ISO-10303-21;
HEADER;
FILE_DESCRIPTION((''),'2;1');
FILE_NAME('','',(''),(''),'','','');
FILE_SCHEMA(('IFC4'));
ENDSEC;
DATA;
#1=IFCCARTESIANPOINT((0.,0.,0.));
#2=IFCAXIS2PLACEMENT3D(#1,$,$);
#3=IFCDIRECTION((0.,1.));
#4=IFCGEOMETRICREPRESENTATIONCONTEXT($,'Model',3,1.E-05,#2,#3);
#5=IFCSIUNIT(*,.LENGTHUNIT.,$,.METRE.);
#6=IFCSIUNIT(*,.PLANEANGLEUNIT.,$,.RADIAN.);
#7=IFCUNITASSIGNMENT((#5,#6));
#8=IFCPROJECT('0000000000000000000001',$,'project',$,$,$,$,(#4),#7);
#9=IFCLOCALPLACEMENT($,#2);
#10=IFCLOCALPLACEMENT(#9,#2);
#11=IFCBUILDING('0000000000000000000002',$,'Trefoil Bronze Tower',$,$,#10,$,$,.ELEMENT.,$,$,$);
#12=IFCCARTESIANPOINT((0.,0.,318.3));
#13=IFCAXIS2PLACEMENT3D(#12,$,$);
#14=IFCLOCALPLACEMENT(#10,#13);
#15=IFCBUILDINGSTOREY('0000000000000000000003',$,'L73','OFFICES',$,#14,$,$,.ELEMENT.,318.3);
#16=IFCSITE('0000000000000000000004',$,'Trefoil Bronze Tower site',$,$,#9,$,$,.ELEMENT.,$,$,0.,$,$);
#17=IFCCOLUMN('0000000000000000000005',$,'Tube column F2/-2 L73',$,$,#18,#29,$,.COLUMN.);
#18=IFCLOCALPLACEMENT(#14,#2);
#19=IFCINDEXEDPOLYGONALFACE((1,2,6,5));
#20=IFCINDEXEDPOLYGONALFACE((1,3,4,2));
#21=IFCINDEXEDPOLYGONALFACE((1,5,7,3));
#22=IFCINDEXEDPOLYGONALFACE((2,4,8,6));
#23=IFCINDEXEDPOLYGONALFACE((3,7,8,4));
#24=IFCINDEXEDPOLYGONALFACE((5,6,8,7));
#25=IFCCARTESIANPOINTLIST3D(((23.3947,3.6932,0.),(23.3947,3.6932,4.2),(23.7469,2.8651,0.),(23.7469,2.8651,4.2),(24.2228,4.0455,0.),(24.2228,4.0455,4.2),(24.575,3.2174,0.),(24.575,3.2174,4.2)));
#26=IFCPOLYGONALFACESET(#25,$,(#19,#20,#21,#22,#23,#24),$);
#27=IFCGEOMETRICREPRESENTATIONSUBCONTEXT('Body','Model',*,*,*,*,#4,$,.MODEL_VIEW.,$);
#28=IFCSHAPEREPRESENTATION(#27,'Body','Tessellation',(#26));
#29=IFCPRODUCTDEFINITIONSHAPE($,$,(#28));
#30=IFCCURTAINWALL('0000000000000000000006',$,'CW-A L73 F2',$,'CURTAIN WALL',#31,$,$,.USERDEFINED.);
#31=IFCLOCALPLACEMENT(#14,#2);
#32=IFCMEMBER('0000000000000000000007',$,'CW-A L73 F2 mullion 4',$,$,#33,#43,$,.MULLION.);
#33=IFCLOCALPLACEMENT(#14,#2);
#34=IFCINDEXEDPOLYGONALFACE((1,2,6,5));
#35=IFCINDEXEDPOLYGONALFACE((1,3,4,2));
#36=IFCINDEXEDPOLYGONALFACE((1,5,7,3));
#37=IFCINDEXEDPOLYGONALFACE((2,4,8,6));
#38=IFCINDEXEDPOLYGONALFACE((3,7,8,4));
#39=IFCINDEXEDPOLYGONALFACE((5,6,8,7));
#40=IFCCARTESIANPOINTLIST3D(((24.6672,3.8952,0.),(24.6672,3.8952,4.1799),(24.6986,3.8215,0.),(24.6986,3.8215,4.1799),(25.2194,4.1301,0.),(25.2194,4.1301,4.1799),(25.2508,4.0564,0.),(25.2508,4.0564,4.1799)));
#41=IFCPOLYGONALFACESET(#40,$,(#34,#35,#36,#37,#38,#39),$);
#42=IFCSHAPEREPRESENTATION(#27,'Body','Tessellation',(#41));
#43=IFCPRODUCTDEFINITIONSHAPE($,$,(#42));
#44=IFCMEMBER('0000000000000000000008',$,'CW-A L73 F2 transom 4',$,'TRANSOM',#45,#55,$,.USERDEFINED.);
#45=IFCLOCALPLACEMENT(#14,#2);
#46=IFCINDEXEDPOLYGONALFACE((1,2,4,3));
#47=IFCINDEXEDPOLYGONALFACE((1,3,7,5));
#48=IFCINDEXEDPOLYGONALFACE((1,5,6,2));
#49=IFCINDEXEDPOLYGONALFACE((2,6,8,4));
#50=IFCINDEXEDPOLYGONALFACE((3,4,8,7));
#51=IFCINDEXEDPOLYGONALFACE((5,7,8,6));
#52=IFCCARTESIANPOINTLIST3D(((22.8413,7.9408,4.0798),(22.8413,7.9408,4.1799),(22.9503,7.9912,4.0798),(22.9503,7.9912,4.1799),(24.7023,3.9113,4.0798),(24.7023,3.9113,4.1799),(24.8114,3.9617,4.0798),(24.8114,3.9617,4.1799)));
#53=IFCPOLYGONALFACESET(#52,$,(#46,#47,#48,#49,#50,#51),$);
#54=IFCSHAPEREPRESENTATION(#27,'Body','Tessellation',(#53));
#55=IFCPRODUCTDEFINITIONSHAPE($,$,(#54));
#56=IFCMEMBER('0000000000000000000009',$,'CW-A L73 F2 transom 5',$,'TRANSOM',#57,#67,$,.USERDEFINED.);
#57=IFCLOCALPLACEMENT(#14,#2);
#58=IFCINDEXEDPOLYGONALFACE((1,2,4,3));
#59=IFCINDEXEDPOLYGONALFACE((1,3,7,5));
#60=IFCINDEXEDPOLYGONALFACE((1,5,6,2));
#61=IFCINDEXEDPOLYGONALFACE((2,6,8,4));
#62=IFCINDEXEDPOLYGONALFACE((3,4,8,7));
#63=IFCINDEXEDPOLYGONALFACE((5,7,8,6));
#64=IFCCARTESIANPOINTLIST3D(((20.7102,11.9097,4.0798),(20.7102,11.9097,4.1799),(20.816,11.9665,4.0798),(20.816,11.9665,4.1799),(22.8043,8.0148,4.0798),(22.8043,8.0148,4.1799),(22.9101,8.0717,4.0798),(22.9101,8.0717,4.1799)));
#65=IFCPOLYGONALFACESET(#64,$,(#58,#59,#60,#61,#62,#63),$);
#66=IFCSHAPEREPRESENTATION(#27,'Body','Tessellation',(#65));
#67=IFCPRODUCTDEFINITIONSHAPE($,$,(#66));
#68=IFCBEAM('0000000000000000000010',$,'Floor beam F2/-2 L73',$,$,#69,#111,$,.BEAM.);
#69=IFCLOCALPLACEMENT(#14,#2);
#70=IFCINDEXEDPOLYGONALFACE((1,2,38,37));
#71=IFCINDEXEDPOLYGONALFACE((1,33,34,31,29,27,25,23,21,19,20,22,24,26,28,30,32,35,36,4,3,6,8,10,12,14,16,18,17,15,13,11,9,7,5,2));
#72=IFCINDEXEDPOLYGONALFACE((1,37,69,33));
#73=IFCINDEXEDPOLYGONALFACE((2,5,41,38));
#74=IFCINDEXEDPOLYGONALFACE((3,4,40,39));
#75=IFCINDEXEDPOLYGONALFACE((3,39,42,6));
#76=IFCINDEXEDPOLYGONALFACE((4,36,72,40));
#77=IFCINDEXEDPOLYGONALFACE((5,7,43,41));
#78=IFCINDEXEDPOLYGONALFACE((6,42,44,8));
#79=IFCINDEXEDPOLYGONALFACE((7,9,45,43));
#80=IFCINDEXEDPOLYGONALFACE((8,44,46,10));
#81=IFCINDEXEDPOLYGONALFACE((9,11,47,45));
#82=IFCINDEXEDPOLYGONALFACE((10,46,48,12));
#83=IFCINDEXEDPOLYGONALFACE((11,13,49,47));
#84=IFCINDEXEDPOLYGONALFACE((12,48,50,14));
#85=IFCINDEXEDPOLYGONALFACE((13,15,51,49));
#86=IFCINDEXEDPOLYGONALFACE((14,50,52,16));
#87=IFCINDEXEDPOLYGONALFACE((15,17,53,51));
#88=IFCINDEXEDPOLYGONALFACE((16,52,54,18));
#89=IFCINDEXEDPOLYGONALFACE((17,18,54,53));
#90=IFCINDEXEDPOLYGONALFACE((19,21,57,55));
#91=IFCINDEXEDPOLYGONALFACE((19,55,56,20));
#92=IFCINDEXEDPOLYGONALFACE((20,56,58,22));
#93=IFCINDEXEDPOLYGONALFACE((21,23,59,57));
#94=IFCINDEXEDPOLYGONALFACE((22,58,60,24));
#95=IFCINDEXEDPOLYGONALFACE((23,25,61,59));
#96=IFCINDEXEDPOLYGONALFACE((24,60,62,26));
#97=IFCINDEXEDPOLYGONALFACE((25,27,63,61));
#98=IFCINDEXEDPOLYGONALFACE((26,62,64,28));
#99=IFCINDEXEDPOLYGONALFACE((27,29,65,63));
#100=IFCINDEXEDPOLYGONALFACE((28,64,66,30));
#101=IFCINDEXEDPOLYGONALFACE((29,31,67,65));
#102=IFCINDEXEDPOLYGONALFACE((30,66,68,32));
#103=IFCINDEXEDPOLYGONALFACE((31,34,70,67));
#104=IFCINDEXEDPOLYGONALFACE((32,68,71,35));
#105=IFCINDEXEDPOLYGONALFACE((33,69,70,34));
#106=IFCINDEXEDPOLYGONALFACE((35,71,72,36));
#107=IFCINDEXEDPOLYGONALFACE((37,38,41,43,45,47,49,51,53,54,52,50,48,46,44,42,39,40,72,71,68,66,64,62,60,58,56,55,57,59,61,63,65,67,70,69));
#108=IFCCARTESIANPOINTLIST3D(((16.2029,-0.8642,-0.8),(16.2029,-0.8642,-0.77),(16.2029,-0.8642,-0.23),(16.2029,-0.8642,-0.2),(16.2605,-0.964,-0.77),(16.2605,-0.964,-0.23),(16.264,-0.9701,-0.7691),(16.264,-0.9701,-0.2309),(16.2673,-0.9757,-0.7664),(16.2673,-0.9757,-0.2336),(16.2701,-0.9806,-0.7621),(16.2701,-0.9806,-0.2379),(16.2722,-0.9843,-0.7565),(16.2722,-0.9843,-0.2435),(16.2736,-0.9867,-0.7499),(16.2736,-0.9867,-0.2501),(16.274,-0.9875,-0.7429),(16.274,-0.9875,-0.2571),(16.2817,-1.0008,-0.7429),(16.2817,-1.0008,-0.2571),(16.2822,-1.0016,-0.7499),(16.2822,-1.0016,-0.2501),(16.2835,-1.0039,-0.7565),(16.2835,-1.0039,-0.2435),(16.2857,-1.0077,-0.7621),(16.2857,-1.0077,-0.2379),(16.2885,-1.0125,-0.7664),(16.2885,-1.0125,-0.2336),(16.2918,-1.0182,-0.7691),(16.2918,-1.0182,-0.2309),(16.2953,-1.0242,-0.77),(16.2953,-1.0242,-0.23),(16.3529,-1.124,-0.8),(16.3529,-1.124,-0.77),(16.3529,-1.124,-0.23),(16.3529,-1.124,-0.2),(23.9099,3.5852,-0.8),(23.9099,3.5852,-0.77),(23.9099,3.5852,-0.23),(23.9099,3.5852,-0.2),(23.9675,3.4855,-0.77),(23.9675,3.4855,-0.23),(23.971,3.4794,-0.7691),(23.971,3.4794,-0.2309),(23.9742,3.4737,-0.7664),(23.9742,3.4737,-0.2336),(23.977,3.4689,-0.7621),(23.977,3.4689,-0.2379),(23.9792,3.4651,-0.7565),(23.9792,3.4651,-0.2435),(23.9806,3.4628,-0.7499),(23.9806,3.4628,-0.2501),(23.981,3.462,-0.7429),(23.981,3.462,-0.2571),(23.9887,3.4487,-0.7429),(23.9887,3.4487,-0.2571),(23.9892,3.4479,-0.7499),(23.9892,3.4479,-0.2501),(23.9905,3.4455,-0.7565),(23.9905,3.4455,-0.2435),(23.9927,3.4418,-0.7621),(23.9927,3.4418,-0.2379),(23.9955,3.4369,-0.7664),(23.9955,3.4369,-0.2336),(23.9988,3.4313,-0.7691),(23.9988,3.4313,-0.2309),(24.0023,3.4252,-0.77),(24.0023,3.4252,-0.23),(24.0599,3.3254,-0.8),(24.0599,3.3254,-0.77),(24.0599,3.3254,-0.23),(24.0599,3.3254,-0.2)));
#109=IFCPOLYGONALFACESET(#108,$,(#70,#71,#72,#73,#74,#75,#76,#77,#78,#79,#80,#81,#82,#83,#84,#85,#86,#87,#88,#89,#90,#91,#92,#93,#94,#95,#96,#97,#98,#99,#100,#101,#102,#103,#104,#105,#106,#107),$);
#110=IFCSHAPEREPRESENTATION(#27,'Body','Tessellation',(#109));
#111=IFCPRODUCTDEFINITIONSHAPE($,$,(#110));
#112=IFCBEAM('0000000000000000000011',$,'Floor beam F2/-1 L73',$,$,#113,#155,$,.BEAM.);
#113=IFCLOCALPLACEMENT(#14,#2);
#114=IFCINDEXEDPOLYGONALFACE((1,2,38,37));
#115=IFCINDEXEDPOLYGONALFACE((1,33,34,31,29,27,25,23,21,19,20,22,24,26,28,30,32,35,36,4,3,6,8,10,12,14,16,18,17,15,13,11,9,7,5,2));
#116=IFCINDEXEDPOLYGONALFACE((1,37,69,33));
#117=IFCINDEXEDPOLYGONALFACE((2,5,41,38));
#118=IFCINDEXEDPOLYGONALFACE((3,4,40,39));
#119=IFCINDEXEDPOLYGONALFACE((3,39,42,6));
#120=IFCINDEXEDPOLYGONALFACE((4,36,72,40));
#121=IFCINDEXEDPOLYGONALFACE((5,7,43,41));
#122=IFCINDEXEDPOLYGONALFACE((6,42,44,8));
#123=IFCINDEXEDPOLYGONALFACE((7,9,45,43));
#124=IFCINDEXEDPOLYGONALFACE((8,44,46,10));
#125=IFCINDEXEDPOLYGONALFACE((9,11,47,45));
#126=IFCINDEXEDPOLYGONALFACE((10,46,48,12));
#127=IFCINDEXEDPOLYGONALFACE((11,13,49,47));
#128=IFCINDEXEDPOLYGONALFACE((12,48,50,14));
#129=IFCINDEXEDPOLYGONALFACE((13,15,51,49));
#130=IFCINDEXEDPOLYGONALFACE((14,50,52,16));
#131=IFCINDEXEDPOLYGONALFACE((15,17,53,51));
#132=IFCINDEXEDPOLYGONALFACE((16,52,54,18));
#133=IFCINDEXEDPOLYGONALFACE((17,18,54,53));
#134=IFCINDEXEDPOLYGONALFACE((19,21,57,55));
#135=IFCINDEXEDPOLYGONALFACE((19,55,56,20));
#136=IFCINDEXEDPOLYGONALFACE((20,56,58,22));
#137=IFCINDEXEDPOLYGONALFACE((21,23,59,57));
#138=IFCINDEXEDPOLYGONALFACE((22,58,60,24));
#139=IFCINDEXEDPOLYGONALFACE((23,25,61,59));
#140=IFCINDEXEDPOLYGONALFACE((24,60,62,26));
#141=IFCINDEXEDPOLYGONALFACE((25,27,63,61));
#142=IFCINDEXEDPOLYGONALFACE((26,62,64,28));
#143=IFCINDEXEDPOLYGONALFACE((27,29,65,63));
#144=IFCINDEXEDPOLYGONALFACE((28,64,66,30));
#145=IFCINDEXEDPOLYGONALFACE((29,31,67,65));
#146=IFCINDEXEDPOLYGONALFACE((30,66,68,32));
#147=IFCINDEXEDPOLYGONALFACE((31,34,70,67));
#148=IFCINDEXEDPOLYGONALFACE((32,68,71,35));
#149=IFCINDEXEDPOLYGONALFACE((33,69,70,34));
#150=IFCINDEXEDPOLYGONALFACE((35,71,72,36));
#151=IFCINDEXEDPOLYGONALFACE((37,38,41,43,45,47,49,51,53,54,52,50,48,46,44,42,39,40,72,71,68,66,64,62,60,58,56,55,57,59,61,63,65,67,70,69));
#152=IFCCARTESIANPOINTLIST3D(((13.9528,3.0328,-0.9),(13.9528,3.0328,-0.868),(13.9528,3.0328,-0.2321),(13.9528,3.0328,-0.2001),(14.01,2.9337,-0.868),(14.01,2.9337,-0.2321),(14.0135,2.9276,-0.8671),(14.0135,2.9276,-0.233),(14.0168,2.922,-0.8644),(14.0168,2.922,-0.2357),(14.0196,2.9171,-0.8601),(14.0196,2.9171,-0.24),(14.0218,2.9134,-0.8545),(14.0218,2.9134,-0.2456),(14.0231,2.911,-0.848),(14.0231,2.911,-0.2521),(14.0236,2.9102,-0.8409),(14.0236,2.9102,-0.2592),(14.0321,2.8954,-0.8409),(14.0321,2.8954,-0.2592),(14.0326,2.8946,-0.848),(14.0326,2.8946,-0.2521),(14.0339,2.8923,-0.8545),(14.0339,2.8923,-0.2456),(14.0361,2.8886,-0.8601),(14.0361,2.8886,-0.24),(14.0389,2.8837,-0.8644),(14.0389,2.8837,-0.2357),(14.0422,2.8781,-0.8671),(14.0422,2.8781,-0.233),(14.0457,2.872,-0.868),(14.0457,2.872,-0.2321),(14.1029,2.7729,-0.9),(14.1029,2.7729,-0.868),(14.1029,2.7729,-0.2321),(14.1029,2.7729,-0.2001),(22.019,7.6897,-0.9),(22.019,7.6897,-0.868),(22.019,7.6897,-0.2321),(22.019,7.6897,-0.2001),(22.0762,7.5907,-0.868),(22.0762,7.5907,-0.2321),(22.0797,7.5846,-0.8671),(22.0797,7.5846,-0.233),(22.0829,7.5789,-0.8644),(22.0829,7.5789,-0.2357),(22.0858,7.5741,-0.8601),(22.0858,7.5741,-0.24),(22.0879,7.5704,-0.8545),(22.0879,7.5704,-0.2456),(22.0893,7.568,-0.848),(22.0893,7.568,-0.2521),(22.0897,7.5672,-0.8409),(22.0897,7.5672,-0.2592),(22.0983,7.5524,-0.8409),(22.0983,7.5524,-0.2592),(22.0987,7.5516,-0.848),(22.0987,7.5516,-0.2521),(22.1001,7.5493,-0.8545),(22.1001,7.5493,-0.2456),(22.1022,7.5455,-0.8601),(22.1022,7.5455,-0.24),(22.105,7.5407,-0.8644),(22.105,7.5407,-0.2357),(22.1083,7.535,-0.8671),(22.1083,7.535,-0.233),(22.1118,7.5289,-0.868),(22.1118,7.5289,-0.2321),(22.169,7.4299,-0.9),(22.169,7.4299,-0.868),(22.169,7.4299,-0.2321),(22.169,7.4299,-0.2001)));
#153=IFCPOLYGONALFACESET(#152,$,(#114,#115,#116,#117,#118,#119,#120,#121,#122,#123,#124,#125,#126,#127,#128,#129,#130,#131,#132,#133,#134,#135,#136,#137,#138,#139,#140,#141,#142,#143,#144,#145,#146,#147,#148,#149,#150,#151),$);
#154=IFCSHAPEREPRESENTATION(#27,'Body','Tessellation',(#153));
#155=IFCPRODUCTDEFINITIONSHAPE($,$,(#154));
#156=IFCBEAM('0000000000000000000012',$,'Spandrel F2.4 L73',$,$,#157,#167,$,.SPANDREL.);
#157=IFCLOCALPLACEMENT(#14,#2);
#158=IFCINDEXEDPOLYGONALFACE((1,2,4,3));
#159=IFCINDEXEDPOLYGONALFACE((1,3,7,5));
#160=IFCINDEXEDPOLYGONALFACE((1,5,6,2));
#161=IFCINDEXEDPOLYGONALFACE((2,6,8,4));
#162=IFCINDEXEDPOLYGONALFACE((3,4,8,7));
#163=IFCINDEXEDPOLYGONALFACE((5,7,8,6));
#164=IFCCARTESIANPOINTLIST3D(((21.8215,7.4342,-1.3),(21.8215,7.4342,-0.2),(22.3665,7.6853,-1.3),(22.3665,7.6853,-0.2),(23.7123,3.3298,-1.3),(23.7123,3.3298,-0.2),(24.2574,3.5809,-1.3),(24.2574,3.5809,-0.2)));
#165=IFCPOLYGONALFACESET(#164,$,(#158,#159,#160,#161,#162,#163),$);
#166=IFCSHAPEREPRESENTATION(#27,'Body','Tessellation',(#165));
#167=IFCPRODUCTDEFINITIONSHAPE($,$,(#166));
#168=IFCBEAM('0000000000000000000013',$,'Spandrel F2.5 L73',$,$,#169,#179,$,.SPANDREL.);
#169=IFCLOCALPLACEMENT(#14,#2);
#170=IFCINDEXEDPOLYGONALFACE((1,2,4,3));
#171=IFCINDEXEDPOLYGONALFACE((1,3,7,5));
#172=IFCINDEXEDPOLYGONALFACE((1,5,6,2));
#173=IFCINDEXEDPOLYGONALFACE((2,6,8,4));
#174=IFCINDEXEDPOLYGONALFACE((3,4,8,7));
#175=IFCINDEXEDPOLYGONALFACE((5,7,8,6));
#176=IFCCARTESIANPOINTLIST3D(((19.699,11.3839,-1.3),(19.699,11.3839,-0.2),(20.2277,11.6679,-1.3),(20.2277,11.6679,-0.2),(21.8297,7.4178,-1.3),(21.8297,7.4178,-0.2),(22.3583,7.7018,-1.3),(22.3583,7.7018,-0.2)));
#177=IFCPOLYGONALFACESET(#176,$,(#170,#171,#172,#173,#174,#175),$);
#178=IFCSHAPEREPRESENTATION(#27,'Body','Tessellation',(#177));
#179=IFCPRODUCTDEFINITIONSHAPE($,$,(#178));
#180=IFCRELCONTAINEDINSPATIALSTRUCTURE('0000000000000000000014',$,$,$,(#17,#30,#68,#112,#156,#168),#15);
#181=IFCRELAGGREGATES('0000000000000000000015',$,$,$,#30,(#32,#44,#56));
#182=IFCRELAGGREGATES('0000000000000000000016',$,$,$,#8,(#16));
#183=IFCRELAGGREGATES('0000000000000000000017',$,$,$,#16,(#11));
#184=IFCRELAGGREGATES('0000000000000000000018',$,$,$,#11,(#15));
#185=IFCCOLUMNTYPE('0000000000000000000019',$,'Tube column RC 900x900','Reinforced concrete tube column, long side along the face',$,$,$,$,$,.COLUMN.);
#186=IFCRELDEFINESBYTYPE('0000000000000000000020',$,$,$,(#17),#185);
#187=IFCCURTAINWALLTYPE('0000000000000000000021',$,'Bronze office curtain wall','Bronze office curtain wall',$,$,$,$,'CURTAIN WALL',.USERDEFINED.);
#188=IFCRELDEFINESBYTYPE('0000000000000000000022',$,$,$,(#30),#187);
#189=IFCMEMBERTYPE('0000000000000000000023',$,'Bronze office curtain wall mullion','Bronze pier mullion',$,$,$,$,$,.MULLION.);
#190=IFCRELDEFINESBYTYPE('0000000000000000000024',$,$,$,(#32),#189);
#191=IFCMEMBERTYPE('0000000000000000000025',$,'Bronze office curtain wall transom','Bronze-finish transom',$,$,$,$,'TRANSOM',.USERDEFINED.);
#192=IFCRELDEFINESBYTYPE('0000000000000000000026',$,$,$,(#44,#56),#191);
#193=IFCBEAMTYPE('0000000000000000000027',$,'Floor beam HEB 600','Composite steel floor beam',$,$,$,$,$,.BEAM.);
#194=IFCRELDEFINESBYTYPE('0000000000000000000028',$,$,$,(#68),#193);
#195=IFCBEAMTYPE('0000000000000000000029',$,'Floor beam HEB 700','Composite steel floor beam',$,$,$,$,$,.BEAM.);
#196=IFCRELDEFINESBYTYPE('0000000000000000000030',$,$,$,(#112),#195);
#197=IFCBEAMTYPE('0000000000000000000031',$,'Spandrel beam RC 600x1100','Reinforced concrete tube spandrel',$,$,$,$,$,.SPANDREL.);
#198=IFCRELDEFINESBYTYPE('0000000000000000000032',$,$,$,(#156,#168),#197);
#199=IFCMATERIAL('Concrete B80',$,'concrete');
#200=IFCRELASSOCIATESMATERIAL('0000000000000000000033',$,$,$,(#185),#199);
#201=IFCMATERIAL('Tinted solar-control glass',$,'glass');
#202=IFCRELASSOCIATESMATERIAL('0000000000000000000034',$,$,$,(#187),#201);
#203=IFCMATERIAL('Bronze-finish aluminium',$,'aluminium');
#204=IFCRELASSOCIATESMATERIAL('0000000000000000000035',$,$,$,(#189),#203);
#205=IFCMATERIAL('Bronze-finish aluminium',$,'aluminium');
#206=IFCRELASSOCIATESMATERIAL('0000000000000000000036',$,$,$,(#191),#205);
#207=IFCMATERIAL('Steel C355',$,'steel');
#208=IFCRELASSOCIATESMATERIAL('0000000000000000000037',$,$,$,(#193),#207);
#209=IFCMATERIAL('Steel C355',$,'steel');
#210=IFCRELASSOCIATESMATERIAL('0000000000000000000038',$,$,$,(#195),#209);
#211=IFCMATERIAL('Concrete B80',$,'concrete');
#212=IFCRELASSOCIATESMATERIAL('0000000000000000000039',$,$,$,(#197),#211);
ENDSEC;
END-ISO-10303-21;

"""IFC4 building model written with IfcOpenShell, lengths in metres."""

from ifc_helpers import new_model, si_unit, direction, frame, origin, origin_2d, place, context, subcontext, project, spatial, rectangle, i_section, extrude, material, material_profile, profile_set, type_object, element, aggregate, save


model = new_model("IFC4")

# Units and contexts
model_context = context("Model", 3, precision=1e-05, world=origin(), true_north=direction((0.0, 1.0)))
body_context = subcontext(model_context, "Body", "Model", "MODEL_VIEW")
ifc_project = project(units=[si_unit("LENGTHUNIT", "METRE"), si_unit("PLANEANGLEUNIT", "RADIAN")], contexts=[model_context])

# Site, building, storey
site_placement = place(None, origin())
site = spatial("IfcSite", under=ifc_project, at=site_placement, Name="Trefoil Bronze Tower site", CompositionType="ELEMENT", RefElevation=0.0)
building_placement = place(site_placement, origin())
building = spatial("IfcBuilding", under=site, at=building_placement, Name="Trefoil Bronze Tower", CompositionType="ELEMENT")
storey_placement = place(building_placement, frame((0.0, 0.0, 318.3)))
storey = spatial("IfcBuildingStorey", under=building, at=storey_placement, Name="L73", Description="OFFICES", CompositionType="ELEMENT", Elevation=318.3)

# Column
ifc_material_1 = material(Name="Concrete B80", Category="concrete")
ifc_material_profile_1 = material_profile(ifc_material_1, rectangle(XDim=0.8999, YDim=0.8999, at=origin_2d()), Name="RC 900x900")
ifc_profile_set_1 = profile_set([ifc_material_profile_1], Name="Concrete B80")
column_type = type_object("IfcColumnType", Name="Tube column RC 900x900", Description="Reinforced concrete tube column, long side along the face", PredefinedType="COLUMN", material=ifc_profile_set_1)
column_placement = place(storey_placement, frame((23.9849, 3.4553, 0.0), z_axis=(0.0, 0.0, 1.0), x_axis=(-0.391436, 0.920205, 0.0)))
element("IfcColumn", 1, at=column_placement, inside=storey, type_object=column_type, Name="Tube column F2/-2 L73", PredefinedType="COLUMN", context=body_context, shape_type="SweptSolid", body=[
    extrude(rectangle(XDim=0.8999, YDim=0.8999, at=origin_2d()), origin(), (0.0, 0.0, 1.0), 4.2),
])

# Curtain wall, members
ifc_material_2 = material(Name="Tinted solar-control glass", Category="glass")
curtain_wall_type = type_object("IfcCurtainWallType", Name="Bronze office curtain wall", Description="Bronze office curtain wall", ElementType="CURTAIN WALL", PredefinedType="USERDEFINED", material=ifc_material_2)
curtain_wall_placement = place(storey_placement, origin())
curtain_wall = element("IfcCurtainWall", 2, at=curtain_wall_placement, inside=storey, type_object=curtain_wall_type, Name="CW-A L73 F2", ObjectType="CURTAIN WALL", PredefinedType="USERDEFINED")
ifc_material_3 = material(Name="Bronze-finish aluminium", Category="aluminium")
ifc_material_profile_2 = material_profile(ifc_material_3, rectangle(XDim=0.6001, YDim=0.0801, at=origin_2d()), Name="CW-A mullion")
ifc_profile_set_2 = profile_set([ifc_material_profile_2], Name="Bronze-finish aluminium")
member_type_1 = type_object("IfcMemberType", Name="Bronze office curtain wall mullion", Description="Bronze pier mullion", PredefinedType="MULLION", material=ifc_profile_set_2)
member_1_placement = place(storey_placement, frame((24.959, 3.9758, 0.0), z_axis=(0.0, 0.0, 1.0), x_axis=(-0.920205, -0.391436, 0.0)))
member_1 = element("IfcMember", 3, at=member_1_placement, type_object=member_type_1, Name="CW-A L73 F2 mullion 4", PredefinedType="MULLION", context=body_context, shape_type="SweptSolid", body=[
    extrude(rectangle(XDim=0.6001, YDim=0.0801, at=origin_2d()), origin(), (0.0, 0.0, 1.0), 4.1799),
])
ifc_material_4 = material(Name="Bronze-finish aluminium", Category="aluminium")
ifc_material_profile_3 = material_profile(ifc_material_4, rectangle(XDim=0.1201, YDim=0.1001, at=origin_2d()), Name="CW-A transom")
ifc_profile_set_3 = profile_set([ifc_material_profile_3], Name="Bronze-finish aluminium")
member_type_2 = type_object("IfcMemberType", Name="Bronze office curtain wall transom", Description="Bronze-finish transom", ElementType="TRANSOM", PredefinedType="USERDEFINED", material=ifc_profile_set_3)
member_2_placement = place(storey_placement, frame((24.7568, 3.9365, 4.1299), z_axis=(-0.419299, 0.907848, 0.0), x_axis=(-0.907848, -0.419299, 0.0)))
member_2 = element("IfcMember", 4, at=member_2_placement, type_object=member_type_2, Name="CW-A L73 F2 transom 4", ObjectType="TRANSOM", PredefinedType="USERDEFINED", context=body_context, shape_type="SweptSolid", body=[
    extrude(rectangle(XDim=0.1201, YDim=0.1001, at=origin_2d()), origin(), (0.0, 0.0, 1.0), 4.4385),
])
member_3_placement = place(storey_placement, frame((22.8572, 8.0432, 4.1299), z_axis=(-0.47354, 0.880772, 0.0), x_axis=(-0.880772, -0.47354, 0.0)))
member_3 = element("IfcMember", 5, at=member_3_placement, type_object=member_type_2, Name="CW-A L73 F2 transom 5", ObjectType="TRANSOM", PredefinedType="USERDEFINED", context=body_context, shape_type="SweptSolid", body=[
    extrude(rectangle(XDim=0.1201, YDim=0.1001, at=origin_2d()), origin(), (0.0, 0.0, 1.0), 4.4221),
])

# Beams
ifc_material_5 = material(Name="Steel C355", Category="steel")
ifc_material_profile_4 = material_profile(ifc_material_5, i_section(OverallWidth=0.3, OverallDepth=0.6001, WebThickness=0.0154, FlangeThickness=0.03, FilletRadius=0.0271, at=origin_2d()), Name="HEB 600")
ifc_profile_set_4 = profile_set([ifc_material_profile_4], Name="Steel C355")
beam_type_1 = type_object("IfcBeamType", Name="Floor beam HEB 600", Description="Composite steel floor beam", PredefinedType="BEAM", material=ifc_profile_set_4)
beam_1_placement = place(storey_placement, frame((23.9849, 3.4553, -0.5), z_axis=(-0.866035, -0.499984, 0.0), x_axis=(0.499984, -0.866035, 0.0)))
element("IfcBeam", 6, at=beam_1_placement, inside=storey, type_object=beam_type_1, Name="Floor beam F2/-2 L73", PredefinedType="BEAM", context=body_context, shape_type="SweptSolid", body=[
    extrude(i_section(OverallWidth=0.3, OverallDepth=0.6001, WebThickness=0.0154, FlangeThickness=0.03, FilletRadius=0.0271, at=origin_2d()), origin(), (0.0, 0.0, 1.0), 8.8992),
])
ifc_material_6 = material(Name="Steel C355", Category="steel")
ifc_material_profile_5 = material_profile(ifc_material_6, i_section(OverallWidth=0.3, OverallDepth=0.7, WebThickness=0.0171, FlangeThickness=0.032, FilletRadius=0.0271, at=origin_2d()), Name="HEB 700")
ifc_profile_set_5 = profile_set([ifc_material_profile_5], Name="Steel C355")
beam_type_2 = type_object("IfcBeamType", Name="Floor beam HEB 700", Description="Composite steel floor beam", PredefinedType="BEAM", material=ifc_profile_set_5)
beam_2_placement = place(storey_placement, frame((22.094, 7.5598, -0.55), z_axis=(-0.866026, -0.499999, 0.0), x_axis=(0.499999, -0.866026, 0.0)))
element("IfcBeam", 7, at=beam_2_placement, inside=storey, type_object=beam_type_2, Name="Floor beam F2/-1 L73", PredefinedType="BEAM", context=body_context, shape_type="SweptSolid", body=[
    extrude(i_section(OverallWidth=0.3, OverallDepth=0.7, WebThickness=0.0171, FlangeThickness=0.032, FilletRadius=0.0271, at=origin_2d()), origin(), (0.0, 0.0, 1.0), 9.314),
])
ifc_material_7 = material(Name="Concrete B80", Category="concrete")
ifc_material_profile_6 = material_profile(ifc_material_7, rectangle(XDim=0.6001, YDim=1.1001, at=origin_2d()), Name="RC 600x1100")
ifc_profile_set_6 = profile_set([ifc_material_profile_6], Name="Concrete B80")
beam_type_3 = type_object("IfcBeamType", Name="Spandrel beam RC 600x1100", Description="Reinforced concrete tube spandrel", PredefinedType="SPANDREL", material=ifc_profile_set_6)
beam_3_placement = place(storey_placement, frame((23.9849, 3.4553, -0.75), z_axis=(-0.418417, 0.908255, 0.0), x_axis=(-0.908255, -0.418417, 0.0)))
element("IfcBeam", 8, at=beam_3_placement, inside=storey, type_object=beam_type_3, Name="Spandrel F2.4 L73", PredefinedType="SPANDREL", context=body_context, shape_type="SweptSolid", body=[
    extrude(rectangle(XDim=0.6001, YDim=1.1001, at=origin_2d()), origin(), (0.0, 0.0, 1.0), 4.519),
])
beam_4_placement = place(storey_placement, frame((22.094, 7.5598, -0.75), z_axis=(-0.473246, 0.88093, 0.0), x_axis=(-0.88093, -0.473246, 0.0)))
element("IfcBeam", 9, at=beam_4_placement, inside=storey, type_object=beam_type_3, Name="Spandrel F2.5 L73", PredefinedType="SPANDREL", context=body_context, shape_type="SweptSolid", body=[
    extrude(rectangle(XDim=0.6001, YDim=1.1001, at=origin_2d()), origin(), (0.0, 0.0, 1.0), 4.5022),
])

aggregate(curtain_wall, [member_1, member_2, member_3])

save(model, "model.ifc")
